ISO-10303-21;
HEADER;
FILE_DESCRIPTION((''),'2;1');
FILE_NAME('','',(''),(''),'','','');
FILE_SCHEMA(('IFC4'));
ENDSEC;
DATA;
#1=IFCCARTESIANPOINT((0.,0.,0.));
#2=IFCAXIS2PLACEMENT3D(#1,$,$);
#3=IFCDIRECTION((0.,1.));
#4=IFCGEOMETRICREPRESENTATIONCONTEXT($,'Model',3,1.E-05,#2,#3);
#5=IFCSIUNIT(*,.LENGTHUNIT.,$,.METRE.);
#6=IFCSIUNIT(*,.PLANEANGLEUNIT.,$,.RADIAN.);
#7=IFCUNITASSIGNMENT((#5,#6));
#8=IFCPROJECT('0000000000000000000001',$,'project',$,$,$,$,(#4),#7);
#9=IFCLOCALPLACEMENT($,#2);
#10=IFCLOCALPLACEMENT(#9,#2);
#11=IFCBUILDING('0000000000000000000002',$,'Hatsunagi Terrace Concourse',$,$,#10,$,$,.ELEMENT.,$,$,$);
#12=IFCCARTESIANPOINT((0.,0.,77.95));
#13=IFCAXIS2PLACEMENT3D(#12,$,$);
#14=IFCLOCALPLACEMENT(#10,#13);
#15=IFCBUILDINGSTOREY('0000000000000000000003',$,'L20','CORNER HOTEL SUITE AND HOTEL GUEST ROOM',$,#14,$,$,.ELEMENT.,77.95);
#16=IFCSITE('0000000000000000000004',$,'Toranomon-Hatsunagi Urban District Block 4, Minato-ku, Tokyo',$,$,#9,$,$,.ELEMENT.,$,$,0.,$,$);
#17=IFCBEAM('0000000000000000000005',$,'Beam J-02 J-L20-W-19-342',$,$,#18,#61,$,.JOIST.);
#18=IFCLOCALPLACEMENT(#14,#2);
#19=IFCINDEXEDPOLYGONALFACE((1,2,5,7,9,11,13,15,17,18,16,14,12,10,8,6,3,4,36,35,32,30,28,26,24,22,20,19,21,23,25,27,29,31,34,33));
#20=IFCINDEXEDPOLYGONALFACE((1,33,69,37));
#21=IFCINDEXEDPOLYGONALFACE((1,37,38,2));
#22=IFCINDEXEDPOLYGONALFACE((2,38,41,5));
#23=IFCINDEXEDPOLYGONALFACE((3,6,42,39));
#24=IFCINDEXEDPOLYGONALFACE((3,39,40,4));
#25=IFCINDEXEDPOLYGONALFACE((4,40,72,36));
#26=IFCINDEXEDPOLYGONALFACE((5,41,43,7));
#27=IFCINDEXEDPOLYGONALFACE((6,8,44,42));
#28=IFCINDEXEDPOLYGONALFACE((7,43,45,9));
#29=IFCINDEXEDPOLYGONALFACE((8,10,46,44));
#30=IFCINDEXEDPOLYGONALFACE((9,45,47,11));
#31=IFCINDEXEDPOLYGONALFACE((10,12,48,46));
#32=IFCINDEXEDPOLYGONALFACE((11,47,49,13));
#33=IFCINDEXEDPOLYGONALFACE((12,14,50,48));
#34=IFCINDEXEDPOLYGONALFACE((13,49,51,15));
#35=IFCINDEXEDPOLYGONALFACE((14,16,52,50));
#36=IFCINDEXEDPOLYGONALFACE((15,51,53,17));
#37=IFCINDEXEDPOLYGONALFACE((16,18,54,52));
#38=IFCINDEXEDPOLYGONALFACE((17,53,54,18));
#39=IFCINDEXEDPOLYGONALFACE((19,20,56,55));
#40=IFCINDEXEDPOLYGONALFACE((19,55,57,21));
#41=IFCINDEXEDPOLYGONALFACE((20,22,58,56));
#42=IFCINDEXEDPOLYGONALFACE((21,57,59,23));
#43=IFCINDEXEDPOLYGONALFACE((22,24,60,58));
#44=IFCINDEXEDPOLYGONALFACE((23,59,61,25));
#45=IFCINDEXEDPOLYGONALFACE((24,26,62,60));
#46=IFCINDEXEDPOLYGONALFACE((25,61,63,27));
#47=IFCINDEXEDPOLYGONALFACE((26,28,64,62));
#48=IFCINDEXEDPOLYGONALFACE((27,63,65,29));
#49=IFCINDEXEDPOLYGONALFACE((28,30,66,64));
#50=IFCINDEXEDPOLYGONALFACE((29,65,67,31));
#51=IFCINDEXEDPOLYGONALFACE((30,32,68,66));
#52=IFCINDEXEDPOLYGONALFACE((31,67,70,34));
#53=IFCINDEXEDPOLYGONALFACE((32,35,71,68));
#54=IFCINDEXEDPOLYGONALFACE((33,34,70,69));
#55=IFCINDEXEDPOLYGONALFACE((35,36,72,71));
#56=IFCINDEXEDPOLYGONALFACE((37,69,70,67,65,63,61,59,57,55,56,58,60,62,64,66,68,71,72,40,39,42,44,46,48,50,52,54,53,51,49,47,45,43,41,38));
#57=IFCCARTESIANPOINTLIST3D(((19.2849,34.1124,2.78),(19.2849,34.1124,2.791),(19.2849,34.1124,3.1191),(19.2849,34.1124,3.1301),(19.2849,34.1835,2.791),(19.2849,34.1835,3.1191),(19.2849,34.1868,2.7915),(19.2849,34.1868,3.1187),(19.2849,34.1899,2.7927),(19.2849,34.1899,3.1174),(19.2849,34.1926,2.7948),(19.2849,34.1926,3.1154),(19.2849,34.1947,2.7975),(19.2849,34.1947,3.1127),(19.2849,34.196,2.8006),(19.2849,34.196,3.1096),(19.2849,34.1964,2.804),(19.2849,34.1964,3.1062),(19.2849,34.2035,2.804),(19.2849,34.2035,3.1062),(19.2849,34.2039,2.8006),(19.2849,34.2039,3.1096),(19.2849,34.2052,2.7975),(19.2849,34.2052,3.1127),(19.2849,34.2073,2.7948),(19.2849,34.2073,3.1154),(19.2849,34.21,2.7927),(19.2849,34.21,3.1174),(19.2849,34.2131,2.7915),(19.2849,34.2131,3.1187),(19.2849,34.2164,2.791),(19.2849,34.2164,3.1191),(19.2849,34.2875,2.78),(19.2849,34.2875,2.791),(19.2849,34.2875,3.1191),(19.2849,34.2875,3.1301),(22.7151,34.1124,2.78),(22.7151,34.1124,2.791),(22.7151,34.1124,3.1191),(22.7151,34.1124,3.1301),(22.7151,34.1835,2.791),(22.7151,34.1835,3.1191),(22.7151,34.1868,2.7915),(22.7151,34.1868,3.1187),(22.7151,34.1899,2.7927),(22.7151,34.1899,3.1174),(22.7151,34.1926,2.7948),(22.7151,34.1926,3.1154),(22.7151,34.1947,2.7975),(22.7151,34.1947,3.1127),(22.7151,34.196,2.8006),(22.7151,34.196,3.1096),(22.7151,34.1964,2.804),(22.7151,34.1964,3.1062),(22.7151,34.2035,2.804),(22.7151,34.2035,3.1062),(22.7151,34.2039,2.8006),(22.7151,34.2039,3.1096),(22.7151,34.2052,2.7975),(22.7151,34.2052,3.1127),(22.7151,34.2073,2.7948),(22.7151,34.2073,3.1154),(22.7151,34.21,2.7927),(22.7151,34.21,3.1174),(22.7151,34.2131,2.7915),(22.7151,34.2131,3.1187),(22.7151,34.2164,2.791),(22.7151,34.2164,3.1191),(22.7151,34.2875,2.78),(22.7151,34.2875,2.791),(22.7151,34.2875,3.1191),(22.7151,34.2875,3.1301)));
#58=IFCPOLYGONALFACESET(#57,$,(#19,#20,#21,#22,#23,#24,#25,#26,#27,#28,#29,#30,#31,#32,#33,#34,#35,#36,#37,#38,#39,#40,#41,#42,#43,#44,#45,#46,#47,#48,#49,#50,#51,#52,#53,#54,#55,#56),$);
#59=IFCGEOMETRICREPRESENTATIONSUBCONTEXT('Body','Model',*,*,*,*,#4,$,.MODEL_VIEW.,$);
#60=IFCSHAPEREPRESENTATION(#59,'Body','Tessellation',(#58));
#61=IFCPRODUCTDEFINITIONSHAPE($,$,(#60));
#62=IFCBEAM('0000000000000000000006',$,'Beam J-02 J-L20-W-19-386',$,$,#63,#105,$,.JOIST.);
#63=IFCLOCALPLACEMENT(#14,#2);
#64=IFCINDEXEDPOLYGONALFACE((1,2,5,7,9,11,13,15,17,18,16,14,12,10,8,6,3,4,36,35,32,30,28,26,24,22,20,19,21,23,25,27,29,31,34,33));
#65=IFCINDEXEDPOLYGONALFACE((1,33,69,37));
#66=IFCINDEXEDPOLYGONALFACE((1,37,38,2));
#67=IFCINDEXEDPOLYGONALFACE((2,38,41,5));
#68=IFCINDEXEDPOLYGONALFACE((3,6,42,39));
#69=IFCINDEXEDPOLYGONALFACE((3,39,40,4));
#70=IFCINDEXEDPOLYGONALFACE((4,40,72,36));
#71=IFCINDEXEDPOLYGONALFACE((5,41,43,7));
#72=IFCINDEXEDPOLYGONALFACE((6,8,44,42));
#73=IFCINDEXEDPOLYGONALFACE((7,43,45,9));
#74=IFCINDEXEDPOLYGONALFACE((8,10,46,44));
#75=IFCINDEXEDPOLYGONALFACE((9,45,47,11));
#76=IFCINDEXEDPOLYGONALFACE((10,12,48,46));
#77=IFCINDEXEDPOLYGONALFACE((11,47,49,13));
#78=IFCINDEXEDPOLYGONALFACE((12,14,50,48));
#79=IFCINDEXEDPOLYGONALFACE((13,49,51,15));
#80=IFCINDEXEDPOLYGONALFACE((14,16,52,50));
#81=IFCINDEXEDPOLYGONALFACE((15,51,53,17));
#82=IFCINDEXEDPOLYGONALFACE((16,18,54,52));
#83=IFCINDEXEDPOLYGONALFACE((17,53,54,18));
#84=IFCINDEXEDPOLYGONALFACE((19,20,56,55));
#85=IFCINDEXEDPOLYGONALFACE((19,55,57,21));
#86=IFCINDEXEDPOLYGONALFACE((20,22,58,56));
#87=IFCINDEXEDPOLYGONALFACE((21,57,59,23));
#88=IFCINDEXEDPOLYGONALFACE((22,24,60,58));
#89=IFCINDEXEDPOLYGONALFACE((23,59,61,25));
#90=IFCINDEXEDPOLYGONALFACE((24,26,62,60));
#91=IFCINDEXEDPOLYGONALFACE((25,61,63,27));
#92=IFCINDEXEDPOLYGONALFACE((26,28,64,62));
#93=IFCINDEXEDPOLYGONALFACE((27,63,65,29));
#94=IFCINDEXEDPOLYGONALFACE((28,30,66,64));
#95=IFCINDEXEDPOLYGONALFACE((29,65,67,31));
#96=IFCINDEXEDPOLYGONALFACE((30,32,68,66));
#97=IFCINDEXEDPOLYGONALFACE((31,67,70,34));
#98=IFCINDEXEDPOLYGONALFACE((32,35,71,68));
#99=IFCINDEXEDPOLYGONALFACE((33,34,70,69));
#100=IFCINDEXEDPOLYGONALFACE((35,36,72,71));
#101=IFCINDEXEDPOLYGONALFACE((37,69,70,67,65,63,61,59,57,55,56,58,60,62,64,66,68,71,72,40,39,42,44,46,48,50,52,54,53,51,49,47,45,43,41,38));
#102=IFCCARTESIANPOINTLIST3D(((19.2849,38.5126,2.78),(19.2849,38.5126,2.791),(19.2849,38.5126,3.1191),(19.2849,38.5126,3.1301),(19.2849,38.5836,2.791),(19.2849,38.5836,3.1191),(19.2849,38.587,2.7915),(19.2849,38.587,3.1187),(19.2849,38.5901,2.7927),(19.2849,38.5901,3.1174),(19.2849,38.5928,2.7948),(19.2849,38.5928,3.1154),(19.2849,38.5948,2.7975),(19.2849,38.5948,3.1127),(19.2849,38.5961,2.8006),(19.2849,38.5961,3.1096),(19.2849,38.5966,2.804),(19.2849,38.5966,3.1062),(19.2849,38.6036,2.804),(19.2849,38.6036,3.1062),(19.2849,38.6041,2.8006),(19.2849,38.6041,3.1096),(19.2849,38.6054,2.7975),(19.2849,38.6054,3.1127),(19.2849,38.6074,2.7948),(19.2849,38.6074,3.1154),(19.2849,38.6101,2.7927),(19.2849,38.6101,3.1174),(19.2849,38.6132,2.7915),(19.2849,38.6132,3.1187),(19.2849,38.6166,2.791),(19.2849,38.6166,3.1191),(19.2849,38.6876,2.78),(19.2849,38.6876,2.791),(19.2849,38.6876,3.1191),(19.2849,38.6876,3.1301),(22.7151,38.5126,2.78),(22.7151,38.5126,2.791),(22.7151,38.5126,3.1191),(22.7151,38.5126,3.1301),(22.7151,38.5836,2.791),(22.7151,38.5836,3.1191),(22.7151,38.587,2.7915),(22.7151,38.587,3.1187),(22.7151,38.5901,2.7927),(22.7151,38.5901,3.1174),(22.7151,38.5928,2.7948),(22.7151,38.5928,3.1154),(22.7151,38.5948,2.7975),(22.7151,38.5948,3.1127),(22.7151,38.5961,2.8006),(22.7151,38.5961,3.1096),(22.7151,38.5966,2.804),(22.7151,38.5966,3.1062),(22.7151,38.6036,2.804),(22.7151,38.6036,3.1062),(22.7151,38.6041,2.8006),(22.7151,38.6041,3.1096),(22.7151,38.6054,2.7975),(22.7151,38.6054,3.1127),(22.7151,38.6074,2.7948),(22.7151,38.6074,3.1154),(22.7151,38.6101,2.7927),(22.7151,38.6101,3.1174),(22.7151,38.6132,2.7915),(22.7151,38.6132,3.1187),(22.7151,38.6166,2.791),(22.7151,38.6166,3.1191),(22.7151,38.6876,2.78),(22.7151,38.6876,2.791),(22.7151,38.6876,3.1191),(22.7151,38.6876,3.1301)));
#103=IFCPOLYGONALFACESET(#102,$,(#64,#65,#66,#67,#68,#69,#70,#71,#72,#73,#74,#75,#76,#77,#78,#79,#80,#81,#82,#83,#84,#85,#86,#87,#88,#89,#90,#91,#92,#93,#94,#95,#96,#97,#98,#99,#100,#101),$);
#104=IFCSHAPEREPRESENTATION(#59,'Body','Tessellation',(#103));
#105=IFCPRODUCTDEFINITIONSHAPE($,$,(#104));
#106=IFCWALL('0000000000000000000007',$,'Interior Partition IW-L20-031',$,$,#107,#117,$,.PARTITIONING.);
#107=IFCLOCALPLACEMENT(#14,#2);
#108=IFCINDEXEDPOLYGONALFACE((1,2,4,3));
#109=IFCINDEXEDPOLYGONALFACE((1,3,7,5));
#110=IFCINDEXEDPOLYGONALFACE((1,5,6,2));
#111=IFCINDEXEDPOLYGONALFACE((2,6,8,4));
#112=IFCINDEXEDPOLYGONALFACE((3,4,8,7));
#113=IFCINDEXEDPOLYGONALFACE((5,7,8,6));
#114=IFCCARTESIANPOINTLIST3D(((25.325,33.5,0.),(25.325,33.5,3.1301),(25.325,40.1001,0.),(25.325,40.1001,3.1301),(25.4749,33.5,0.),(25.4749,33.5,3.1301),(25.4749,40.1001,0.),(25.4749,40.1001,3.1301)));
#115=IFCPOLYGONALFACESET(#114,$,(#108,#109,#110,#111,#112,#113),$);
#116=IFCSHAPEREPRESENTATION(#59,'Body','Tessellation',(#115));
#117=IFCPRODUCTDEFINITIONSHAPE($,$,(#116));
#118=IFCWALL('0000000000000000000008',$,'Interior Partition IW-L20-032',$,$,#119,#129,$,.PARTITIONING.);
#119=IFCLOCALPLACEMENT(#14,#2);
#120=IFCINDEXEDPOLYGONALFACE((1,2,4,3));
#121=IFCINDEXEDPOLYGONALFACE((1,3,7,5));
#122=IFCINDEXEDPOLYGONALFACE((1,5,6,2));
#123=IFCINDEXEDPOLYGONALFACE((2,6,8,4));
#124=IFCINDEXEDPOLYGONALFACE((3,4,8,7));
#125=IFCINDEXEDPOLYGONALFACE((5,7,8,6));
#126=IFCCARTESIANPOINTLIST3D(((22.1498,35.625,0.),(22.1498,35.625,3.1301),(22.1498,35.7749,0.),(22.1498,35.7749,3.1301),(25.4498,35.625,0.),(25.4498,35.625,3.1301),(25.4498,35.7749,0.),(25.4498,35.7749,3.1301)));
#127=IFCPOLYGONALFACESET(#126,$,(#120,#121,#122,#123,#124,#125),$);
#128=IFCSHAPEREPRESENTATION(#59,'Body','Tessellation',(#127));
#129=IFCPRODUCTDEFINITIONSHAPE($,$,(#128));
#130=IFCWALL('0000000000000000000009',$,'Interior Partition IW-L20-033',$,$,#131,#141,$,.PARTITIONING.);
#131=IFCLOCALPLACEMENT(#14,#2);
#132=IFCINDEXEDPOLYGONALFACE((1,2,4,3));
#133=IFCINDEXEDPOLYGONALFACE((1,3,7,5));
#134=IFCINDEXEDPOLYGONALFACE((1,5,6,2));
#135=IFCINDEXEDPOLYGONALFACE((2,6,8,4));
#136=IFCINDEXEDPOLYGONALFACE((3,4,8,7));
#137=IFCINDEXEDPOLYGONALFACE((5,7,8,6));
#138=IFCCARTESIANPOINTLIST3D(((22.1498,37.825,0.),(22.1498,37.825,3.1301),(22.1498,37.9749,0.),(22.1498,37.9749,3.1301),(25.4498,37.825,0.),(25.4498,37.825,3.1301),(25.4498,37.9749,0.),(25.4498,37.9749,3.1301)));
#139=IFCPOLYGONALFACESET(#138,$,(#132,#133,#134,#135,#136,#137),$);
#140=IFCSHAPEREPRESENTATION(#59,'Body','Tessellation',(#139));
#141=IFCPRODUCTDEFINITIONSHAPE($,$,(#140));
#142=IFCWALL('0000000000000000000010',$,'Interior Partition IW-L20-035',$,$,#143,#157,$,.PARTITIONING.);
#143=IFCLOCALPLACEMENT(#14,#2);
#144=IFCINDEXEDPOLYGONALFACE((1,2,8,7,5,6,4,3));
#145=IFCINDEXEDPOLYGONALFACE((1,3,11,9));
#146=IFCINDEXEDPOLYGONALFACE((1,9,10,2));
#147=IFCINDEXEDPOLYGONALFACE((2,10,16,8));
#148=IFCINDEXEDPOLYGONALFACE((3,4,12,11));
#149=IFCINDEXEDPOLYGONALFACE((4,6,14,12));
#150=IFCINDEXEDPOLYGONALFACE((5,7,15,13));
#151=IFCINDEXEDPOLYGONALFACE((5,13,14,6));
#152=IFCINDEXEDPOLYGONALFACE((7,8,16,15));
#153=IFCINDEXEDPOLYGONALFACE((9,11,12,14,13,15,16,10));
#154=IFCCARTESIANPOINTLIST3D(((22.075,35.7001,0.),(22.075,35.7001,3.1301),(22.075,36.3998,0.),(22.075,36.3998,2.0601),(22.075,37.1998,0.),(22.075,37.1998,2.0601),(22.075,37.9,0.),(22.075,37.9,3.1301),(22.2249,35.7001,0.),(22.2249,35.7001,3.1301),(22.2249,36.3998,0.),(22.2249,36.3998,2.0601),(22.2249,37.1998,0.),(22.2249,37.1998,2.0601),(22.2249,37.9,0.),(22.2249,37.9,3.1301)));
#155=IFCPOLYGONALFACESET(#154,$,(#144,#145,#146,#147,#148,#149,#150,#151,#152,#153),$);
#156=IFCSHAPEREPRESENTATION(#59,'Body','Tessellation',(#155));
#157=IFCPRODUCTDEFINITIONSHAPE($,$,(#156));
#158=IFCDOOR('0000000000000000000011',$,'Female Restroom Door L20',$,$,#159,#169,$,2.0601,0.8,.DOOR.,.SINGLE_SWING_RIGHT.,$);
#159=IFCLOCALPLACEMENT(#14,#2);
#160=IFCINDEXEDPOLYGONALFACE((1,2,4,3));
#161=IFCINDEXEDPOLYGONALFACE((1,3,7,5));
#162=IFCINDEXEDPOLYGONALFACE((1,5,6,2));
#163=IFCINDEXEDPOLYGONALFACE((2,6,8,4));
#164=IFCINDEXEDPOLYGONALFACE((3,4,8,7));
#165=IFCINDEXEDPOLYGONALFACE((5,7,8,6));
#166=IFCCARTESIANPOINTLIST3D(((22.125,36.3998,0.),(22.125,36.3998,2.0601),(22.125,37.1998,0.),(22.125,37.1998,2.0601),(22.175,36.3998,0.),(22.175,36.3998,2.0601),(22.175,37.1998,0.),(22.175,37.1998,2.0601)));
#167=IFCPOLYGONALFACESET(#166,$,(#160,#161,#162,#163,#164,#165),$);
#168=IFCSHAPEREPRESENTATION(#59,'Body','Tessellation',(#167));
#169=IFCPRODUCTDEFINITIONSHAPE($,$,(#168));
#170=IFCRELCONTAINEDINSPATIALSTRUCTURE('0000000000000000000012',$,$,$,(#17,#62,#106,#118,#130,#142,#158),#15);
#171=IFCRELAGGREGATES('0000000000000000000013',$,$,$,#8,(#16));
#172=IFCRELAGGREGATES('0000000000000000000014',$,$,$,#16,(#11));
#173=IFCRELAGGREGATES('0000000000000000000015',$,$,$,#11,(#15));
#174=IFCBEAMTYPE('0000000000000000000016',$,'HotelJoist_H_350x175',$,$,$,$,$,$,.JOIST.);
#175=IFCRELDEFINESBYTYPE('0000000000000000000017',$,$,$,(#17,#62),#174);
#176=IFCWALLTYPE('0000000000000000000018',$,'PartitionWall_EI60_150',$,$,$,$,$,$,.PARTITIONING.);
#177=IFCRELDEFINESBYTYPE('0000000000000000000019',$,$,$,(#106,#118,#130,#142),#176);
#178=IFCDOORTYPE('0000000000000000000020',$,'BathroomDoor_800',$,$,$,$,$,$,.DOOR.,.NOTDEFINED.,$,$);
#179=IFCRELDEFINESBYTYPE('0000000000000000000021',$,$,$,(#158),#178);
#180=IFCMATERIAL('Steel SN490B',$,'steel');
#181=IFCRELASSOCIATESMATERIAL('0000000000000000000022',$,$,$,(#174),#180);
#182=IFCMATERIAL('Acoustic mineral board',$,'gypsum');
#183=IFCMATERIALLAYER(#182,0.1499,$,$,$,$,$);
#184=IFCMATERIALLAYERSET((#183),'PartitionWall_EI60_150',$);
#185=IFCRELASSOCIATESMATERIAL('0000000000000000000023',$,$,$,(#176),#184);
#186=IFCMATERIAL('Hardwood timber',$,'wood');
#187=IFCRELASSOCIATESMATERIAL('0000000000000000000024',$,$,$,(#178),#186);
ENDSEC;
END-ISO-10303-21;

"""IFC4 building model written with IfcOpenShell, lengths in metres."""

from ifc_helpers import new_model, si_unit, direction, frame, frame_2d, origin, origin_2d, place, context, subcontext, project, spatial, rectangle, i_section, extrude, material, layer, layer_set, material_profile, profile_set, type_object, element, fill, save


model = new_model("IFC4")

# Units and contexts
model_context = context("Model", 3, precision=1e-05, world=origin(), true_north=direction((0.0, 1.0)))
body_context = subcontext(model_context, "Body", "Model", "MODEL_VIEW")
ifc_project = project(units=[si_unit("LENGTHUNIT", "METRE"), si_unit("PLANEANGLEUNIT", "RADIAN")], contexts=[model_context])

# Site, building, storey
site_placement = place(None, origin())
site = spatial("IfcSite", under=ifc_project, at=site_placement, Name="Toranomon-Hatsunagi Urban District Block 4, Minato-ku, Tokyo", CompositionType="ELEMENT", RefElevation=0.0)
building_placement = place(site_placement, origin())
building = spatial("IfcBuilding", under=site, at=building_placement, Name="Hatsunagi Terrace Concourse", CompositionType="ELEMENT")
storey_placement = place(building_placement, frame((0.0, 0.0, 77.95)))
storey = spatial("IfcBuildingStorey", under=building, at=storey_placement, Name="L20", Description="CORNER HOTEL SUITE AND HOTEL GUEST ROOM", CompositionType="ELEMENT", Elevation=77.95)

# Beams
ifc_material_1 = material(Name="Steel SN490B", Category="steel")
ifc_material_profile_1 = material_profile(ifc_material_1, i_section(OverallWidth=0.175, OverallDepth=0.3501, WebThickness=0.0071, FlangeThickness=0.011, FilletRadius=0.0129, at=origin_2d()), Name="H-350x175x7x11")
ifc_profile_set_1 = profile_set([ifc_material_profile_1], Name="Steel SN490B")
beam_type_1 = type_object("IfcBeamType", Name="HotelJoist_H_350x175", PredefinedType="JOIST", material=ifc_profile_set_1)
for number, where, z_axis, x_axis, name in (
    (1, (19.2849, 34.2, 2.9551), (1.0, 0.0, 0.0), (0.0, 1.0, 0.0), "Beam J-02 J-L20-W-19-342"),
    (2, (19.2849, 38.6001, 2.9551), (1.0, 0.0, 0.0), (0.0, 1.0, 0.0), "Beam J-02 J-L20-W-19-386"),
):
    element("IfcBeam", number, at=place(storey_placement, frame(where, z_axis=z_axis, x_axis=x_axis)), inside=storey, type_object=beam_type_1, Name=name, PredefinedType="JOIST", context=body_context, shape_type="SweptSolid", body=[
        extrude(i_section(OverallWidth=0.175, OverallDepth=0.3501, WebThickness=0.0071, FlangeThickness=0.011, FilletRadius=0.0129, at=origin_2d()), origin(), (0.0, 0.0, 1.0), 3.4302),
    ])

# Walls
ifc_material_2 = material(Name="Acoustic mineral board", Category="gypsum")
ifc_layer_1 = layer(ifc_material_2, 0.1499)
ifc_layer_set_1 = layer_set([ifc_layer_1], Name="PartitionWall_EI60_150")
wall_type_1 = type_object("IfcWallType", Name="PartitionWall_EI60_150", PredefinedType="PARTITIONING", material=ifc_layer_set_1)
wall_1_placement = place(storey_placement, frame((25.3999, 33.5, 0.0), z_axis=(0.0, 0.0, 1.0), x_axis=(0.0, 1.0, 0.0)))
element("IfcWall", 3, at=wall_1_placement, inside=storey, type_object=wall_type_1, Name="Interior Partition IW-L20-031", PredefinedType="PARTITIONING", context=body_context, shape_type="SweptSolid", body=[
    extrude(rectangle(XDim=6.6001, YDim=0.1499, at=frame_2d((3.3, 0.0))), origin(), (0.0, 0.0, 1.0), 3.1301),
])
for number, where, z_axis, x_axis, name in (
    (4, (22.1499, 35.7, 0.0), (0.0, 0.0, 1.0), (1.0, 0.0, 0.0), "Interior Partition IW-L20-032"),
    (5, (22.1499, 37.8999, 0.0), (0.0, 0.0, 1.0), (1.0, 0.0, 0.0), "Interior Partition IW-L20-033"),
):
    element("IfcWall", number, at=place(storey_placement, frame(where, z_axis=z_axis, x_axis=x_axis)), inside=storey, type_object=wall_type_1, Name=name, PredefinedType="PARTITIONING", context=body_context, shape_type="SweptSolid", body=[
        extrude(rectangle(XDim=3.3, YDim=0.1499, at=frame_2d((1.6499, 0.0))), origin(), (0.0, 0.0, 1.0), 3.1301),
    ])

# Wall, opening, door
wall_2_placement = place(storey_placement, frame((22.1499, 35.7, 0.0), z_axis=(0.0, 0.0, 1.0), x_axis=(0.0, 1.0, 0.0)))
wall_2 = element("IfcWall", 6, at=wall_2_placement, inside=storey, type_object=wall_type_1, Name="Interior Partition IW-L20-035", PredefinedType="PARTITIONING", context=body_context, shape_type="SweptSolid", body=[
    extrude(rectangle(XDim=2.2, YDim=0.1499, at=frame_2d((1.1001, 0.0))), origin(), (0.0, 0.0, 1.0), 3.1301),
])
opening_1_placement = place(wall_2_placement, frame((0.7, 0.0, 0.0)))
opening_1 = element("IfcOpeningElement", 7, at=opening_1_placement, cuts=wall_2, PredefinedType="OPENING", context=body_context, shape_type="SweptSolid", body=[
    extrude(rectangle(XDim=0.8, YDim=2.0601, at=frame_2d((0.3999, 1.03))), frame((0.0, 0.085, 0.0), z_axis=(0.0, -1.0, 0.0), x_axis=(1.0, 0.0, 0.0)), (0.0, 0.0, 1.0), 0.1699),
])
ifc_material_3 = material(Name="Hardwood timber", Category="wood")
door_type = type_object("IfcDoorType", Name="BathroomDoor_800", OperationType="NOTDEFINED", PredefinedType="DOOR", material=ifc_material_3)
door_1_placement = place(opening_1_placement, origin())
door_1 = element("IfcDoor", 8, at=door_1_placement, inside=storey, type_object=door_type, Name="Female Restroom Door L20", OperationType="SINGLE_SWING_RIGHT", OverallHeight=2.0601, OverallWidth=0.8, PredefinedType="DOOR", context=body_context, shape_type="SweptSolid", body=[
    extrude(rectangle(XDim=0.8, YDim=2.0601, at=frame_2d((0.3999, 1.03))), frame((0.0, 0.0249, 0.0), z_axis=(0.0, -1.0, 0.0), x_axis=(1.0, 0.0, 0.0)), (0.0, 0.0, 1.0), 0.05),
])
fill(opening_1, door_1)

save(model, "model.ifc")
